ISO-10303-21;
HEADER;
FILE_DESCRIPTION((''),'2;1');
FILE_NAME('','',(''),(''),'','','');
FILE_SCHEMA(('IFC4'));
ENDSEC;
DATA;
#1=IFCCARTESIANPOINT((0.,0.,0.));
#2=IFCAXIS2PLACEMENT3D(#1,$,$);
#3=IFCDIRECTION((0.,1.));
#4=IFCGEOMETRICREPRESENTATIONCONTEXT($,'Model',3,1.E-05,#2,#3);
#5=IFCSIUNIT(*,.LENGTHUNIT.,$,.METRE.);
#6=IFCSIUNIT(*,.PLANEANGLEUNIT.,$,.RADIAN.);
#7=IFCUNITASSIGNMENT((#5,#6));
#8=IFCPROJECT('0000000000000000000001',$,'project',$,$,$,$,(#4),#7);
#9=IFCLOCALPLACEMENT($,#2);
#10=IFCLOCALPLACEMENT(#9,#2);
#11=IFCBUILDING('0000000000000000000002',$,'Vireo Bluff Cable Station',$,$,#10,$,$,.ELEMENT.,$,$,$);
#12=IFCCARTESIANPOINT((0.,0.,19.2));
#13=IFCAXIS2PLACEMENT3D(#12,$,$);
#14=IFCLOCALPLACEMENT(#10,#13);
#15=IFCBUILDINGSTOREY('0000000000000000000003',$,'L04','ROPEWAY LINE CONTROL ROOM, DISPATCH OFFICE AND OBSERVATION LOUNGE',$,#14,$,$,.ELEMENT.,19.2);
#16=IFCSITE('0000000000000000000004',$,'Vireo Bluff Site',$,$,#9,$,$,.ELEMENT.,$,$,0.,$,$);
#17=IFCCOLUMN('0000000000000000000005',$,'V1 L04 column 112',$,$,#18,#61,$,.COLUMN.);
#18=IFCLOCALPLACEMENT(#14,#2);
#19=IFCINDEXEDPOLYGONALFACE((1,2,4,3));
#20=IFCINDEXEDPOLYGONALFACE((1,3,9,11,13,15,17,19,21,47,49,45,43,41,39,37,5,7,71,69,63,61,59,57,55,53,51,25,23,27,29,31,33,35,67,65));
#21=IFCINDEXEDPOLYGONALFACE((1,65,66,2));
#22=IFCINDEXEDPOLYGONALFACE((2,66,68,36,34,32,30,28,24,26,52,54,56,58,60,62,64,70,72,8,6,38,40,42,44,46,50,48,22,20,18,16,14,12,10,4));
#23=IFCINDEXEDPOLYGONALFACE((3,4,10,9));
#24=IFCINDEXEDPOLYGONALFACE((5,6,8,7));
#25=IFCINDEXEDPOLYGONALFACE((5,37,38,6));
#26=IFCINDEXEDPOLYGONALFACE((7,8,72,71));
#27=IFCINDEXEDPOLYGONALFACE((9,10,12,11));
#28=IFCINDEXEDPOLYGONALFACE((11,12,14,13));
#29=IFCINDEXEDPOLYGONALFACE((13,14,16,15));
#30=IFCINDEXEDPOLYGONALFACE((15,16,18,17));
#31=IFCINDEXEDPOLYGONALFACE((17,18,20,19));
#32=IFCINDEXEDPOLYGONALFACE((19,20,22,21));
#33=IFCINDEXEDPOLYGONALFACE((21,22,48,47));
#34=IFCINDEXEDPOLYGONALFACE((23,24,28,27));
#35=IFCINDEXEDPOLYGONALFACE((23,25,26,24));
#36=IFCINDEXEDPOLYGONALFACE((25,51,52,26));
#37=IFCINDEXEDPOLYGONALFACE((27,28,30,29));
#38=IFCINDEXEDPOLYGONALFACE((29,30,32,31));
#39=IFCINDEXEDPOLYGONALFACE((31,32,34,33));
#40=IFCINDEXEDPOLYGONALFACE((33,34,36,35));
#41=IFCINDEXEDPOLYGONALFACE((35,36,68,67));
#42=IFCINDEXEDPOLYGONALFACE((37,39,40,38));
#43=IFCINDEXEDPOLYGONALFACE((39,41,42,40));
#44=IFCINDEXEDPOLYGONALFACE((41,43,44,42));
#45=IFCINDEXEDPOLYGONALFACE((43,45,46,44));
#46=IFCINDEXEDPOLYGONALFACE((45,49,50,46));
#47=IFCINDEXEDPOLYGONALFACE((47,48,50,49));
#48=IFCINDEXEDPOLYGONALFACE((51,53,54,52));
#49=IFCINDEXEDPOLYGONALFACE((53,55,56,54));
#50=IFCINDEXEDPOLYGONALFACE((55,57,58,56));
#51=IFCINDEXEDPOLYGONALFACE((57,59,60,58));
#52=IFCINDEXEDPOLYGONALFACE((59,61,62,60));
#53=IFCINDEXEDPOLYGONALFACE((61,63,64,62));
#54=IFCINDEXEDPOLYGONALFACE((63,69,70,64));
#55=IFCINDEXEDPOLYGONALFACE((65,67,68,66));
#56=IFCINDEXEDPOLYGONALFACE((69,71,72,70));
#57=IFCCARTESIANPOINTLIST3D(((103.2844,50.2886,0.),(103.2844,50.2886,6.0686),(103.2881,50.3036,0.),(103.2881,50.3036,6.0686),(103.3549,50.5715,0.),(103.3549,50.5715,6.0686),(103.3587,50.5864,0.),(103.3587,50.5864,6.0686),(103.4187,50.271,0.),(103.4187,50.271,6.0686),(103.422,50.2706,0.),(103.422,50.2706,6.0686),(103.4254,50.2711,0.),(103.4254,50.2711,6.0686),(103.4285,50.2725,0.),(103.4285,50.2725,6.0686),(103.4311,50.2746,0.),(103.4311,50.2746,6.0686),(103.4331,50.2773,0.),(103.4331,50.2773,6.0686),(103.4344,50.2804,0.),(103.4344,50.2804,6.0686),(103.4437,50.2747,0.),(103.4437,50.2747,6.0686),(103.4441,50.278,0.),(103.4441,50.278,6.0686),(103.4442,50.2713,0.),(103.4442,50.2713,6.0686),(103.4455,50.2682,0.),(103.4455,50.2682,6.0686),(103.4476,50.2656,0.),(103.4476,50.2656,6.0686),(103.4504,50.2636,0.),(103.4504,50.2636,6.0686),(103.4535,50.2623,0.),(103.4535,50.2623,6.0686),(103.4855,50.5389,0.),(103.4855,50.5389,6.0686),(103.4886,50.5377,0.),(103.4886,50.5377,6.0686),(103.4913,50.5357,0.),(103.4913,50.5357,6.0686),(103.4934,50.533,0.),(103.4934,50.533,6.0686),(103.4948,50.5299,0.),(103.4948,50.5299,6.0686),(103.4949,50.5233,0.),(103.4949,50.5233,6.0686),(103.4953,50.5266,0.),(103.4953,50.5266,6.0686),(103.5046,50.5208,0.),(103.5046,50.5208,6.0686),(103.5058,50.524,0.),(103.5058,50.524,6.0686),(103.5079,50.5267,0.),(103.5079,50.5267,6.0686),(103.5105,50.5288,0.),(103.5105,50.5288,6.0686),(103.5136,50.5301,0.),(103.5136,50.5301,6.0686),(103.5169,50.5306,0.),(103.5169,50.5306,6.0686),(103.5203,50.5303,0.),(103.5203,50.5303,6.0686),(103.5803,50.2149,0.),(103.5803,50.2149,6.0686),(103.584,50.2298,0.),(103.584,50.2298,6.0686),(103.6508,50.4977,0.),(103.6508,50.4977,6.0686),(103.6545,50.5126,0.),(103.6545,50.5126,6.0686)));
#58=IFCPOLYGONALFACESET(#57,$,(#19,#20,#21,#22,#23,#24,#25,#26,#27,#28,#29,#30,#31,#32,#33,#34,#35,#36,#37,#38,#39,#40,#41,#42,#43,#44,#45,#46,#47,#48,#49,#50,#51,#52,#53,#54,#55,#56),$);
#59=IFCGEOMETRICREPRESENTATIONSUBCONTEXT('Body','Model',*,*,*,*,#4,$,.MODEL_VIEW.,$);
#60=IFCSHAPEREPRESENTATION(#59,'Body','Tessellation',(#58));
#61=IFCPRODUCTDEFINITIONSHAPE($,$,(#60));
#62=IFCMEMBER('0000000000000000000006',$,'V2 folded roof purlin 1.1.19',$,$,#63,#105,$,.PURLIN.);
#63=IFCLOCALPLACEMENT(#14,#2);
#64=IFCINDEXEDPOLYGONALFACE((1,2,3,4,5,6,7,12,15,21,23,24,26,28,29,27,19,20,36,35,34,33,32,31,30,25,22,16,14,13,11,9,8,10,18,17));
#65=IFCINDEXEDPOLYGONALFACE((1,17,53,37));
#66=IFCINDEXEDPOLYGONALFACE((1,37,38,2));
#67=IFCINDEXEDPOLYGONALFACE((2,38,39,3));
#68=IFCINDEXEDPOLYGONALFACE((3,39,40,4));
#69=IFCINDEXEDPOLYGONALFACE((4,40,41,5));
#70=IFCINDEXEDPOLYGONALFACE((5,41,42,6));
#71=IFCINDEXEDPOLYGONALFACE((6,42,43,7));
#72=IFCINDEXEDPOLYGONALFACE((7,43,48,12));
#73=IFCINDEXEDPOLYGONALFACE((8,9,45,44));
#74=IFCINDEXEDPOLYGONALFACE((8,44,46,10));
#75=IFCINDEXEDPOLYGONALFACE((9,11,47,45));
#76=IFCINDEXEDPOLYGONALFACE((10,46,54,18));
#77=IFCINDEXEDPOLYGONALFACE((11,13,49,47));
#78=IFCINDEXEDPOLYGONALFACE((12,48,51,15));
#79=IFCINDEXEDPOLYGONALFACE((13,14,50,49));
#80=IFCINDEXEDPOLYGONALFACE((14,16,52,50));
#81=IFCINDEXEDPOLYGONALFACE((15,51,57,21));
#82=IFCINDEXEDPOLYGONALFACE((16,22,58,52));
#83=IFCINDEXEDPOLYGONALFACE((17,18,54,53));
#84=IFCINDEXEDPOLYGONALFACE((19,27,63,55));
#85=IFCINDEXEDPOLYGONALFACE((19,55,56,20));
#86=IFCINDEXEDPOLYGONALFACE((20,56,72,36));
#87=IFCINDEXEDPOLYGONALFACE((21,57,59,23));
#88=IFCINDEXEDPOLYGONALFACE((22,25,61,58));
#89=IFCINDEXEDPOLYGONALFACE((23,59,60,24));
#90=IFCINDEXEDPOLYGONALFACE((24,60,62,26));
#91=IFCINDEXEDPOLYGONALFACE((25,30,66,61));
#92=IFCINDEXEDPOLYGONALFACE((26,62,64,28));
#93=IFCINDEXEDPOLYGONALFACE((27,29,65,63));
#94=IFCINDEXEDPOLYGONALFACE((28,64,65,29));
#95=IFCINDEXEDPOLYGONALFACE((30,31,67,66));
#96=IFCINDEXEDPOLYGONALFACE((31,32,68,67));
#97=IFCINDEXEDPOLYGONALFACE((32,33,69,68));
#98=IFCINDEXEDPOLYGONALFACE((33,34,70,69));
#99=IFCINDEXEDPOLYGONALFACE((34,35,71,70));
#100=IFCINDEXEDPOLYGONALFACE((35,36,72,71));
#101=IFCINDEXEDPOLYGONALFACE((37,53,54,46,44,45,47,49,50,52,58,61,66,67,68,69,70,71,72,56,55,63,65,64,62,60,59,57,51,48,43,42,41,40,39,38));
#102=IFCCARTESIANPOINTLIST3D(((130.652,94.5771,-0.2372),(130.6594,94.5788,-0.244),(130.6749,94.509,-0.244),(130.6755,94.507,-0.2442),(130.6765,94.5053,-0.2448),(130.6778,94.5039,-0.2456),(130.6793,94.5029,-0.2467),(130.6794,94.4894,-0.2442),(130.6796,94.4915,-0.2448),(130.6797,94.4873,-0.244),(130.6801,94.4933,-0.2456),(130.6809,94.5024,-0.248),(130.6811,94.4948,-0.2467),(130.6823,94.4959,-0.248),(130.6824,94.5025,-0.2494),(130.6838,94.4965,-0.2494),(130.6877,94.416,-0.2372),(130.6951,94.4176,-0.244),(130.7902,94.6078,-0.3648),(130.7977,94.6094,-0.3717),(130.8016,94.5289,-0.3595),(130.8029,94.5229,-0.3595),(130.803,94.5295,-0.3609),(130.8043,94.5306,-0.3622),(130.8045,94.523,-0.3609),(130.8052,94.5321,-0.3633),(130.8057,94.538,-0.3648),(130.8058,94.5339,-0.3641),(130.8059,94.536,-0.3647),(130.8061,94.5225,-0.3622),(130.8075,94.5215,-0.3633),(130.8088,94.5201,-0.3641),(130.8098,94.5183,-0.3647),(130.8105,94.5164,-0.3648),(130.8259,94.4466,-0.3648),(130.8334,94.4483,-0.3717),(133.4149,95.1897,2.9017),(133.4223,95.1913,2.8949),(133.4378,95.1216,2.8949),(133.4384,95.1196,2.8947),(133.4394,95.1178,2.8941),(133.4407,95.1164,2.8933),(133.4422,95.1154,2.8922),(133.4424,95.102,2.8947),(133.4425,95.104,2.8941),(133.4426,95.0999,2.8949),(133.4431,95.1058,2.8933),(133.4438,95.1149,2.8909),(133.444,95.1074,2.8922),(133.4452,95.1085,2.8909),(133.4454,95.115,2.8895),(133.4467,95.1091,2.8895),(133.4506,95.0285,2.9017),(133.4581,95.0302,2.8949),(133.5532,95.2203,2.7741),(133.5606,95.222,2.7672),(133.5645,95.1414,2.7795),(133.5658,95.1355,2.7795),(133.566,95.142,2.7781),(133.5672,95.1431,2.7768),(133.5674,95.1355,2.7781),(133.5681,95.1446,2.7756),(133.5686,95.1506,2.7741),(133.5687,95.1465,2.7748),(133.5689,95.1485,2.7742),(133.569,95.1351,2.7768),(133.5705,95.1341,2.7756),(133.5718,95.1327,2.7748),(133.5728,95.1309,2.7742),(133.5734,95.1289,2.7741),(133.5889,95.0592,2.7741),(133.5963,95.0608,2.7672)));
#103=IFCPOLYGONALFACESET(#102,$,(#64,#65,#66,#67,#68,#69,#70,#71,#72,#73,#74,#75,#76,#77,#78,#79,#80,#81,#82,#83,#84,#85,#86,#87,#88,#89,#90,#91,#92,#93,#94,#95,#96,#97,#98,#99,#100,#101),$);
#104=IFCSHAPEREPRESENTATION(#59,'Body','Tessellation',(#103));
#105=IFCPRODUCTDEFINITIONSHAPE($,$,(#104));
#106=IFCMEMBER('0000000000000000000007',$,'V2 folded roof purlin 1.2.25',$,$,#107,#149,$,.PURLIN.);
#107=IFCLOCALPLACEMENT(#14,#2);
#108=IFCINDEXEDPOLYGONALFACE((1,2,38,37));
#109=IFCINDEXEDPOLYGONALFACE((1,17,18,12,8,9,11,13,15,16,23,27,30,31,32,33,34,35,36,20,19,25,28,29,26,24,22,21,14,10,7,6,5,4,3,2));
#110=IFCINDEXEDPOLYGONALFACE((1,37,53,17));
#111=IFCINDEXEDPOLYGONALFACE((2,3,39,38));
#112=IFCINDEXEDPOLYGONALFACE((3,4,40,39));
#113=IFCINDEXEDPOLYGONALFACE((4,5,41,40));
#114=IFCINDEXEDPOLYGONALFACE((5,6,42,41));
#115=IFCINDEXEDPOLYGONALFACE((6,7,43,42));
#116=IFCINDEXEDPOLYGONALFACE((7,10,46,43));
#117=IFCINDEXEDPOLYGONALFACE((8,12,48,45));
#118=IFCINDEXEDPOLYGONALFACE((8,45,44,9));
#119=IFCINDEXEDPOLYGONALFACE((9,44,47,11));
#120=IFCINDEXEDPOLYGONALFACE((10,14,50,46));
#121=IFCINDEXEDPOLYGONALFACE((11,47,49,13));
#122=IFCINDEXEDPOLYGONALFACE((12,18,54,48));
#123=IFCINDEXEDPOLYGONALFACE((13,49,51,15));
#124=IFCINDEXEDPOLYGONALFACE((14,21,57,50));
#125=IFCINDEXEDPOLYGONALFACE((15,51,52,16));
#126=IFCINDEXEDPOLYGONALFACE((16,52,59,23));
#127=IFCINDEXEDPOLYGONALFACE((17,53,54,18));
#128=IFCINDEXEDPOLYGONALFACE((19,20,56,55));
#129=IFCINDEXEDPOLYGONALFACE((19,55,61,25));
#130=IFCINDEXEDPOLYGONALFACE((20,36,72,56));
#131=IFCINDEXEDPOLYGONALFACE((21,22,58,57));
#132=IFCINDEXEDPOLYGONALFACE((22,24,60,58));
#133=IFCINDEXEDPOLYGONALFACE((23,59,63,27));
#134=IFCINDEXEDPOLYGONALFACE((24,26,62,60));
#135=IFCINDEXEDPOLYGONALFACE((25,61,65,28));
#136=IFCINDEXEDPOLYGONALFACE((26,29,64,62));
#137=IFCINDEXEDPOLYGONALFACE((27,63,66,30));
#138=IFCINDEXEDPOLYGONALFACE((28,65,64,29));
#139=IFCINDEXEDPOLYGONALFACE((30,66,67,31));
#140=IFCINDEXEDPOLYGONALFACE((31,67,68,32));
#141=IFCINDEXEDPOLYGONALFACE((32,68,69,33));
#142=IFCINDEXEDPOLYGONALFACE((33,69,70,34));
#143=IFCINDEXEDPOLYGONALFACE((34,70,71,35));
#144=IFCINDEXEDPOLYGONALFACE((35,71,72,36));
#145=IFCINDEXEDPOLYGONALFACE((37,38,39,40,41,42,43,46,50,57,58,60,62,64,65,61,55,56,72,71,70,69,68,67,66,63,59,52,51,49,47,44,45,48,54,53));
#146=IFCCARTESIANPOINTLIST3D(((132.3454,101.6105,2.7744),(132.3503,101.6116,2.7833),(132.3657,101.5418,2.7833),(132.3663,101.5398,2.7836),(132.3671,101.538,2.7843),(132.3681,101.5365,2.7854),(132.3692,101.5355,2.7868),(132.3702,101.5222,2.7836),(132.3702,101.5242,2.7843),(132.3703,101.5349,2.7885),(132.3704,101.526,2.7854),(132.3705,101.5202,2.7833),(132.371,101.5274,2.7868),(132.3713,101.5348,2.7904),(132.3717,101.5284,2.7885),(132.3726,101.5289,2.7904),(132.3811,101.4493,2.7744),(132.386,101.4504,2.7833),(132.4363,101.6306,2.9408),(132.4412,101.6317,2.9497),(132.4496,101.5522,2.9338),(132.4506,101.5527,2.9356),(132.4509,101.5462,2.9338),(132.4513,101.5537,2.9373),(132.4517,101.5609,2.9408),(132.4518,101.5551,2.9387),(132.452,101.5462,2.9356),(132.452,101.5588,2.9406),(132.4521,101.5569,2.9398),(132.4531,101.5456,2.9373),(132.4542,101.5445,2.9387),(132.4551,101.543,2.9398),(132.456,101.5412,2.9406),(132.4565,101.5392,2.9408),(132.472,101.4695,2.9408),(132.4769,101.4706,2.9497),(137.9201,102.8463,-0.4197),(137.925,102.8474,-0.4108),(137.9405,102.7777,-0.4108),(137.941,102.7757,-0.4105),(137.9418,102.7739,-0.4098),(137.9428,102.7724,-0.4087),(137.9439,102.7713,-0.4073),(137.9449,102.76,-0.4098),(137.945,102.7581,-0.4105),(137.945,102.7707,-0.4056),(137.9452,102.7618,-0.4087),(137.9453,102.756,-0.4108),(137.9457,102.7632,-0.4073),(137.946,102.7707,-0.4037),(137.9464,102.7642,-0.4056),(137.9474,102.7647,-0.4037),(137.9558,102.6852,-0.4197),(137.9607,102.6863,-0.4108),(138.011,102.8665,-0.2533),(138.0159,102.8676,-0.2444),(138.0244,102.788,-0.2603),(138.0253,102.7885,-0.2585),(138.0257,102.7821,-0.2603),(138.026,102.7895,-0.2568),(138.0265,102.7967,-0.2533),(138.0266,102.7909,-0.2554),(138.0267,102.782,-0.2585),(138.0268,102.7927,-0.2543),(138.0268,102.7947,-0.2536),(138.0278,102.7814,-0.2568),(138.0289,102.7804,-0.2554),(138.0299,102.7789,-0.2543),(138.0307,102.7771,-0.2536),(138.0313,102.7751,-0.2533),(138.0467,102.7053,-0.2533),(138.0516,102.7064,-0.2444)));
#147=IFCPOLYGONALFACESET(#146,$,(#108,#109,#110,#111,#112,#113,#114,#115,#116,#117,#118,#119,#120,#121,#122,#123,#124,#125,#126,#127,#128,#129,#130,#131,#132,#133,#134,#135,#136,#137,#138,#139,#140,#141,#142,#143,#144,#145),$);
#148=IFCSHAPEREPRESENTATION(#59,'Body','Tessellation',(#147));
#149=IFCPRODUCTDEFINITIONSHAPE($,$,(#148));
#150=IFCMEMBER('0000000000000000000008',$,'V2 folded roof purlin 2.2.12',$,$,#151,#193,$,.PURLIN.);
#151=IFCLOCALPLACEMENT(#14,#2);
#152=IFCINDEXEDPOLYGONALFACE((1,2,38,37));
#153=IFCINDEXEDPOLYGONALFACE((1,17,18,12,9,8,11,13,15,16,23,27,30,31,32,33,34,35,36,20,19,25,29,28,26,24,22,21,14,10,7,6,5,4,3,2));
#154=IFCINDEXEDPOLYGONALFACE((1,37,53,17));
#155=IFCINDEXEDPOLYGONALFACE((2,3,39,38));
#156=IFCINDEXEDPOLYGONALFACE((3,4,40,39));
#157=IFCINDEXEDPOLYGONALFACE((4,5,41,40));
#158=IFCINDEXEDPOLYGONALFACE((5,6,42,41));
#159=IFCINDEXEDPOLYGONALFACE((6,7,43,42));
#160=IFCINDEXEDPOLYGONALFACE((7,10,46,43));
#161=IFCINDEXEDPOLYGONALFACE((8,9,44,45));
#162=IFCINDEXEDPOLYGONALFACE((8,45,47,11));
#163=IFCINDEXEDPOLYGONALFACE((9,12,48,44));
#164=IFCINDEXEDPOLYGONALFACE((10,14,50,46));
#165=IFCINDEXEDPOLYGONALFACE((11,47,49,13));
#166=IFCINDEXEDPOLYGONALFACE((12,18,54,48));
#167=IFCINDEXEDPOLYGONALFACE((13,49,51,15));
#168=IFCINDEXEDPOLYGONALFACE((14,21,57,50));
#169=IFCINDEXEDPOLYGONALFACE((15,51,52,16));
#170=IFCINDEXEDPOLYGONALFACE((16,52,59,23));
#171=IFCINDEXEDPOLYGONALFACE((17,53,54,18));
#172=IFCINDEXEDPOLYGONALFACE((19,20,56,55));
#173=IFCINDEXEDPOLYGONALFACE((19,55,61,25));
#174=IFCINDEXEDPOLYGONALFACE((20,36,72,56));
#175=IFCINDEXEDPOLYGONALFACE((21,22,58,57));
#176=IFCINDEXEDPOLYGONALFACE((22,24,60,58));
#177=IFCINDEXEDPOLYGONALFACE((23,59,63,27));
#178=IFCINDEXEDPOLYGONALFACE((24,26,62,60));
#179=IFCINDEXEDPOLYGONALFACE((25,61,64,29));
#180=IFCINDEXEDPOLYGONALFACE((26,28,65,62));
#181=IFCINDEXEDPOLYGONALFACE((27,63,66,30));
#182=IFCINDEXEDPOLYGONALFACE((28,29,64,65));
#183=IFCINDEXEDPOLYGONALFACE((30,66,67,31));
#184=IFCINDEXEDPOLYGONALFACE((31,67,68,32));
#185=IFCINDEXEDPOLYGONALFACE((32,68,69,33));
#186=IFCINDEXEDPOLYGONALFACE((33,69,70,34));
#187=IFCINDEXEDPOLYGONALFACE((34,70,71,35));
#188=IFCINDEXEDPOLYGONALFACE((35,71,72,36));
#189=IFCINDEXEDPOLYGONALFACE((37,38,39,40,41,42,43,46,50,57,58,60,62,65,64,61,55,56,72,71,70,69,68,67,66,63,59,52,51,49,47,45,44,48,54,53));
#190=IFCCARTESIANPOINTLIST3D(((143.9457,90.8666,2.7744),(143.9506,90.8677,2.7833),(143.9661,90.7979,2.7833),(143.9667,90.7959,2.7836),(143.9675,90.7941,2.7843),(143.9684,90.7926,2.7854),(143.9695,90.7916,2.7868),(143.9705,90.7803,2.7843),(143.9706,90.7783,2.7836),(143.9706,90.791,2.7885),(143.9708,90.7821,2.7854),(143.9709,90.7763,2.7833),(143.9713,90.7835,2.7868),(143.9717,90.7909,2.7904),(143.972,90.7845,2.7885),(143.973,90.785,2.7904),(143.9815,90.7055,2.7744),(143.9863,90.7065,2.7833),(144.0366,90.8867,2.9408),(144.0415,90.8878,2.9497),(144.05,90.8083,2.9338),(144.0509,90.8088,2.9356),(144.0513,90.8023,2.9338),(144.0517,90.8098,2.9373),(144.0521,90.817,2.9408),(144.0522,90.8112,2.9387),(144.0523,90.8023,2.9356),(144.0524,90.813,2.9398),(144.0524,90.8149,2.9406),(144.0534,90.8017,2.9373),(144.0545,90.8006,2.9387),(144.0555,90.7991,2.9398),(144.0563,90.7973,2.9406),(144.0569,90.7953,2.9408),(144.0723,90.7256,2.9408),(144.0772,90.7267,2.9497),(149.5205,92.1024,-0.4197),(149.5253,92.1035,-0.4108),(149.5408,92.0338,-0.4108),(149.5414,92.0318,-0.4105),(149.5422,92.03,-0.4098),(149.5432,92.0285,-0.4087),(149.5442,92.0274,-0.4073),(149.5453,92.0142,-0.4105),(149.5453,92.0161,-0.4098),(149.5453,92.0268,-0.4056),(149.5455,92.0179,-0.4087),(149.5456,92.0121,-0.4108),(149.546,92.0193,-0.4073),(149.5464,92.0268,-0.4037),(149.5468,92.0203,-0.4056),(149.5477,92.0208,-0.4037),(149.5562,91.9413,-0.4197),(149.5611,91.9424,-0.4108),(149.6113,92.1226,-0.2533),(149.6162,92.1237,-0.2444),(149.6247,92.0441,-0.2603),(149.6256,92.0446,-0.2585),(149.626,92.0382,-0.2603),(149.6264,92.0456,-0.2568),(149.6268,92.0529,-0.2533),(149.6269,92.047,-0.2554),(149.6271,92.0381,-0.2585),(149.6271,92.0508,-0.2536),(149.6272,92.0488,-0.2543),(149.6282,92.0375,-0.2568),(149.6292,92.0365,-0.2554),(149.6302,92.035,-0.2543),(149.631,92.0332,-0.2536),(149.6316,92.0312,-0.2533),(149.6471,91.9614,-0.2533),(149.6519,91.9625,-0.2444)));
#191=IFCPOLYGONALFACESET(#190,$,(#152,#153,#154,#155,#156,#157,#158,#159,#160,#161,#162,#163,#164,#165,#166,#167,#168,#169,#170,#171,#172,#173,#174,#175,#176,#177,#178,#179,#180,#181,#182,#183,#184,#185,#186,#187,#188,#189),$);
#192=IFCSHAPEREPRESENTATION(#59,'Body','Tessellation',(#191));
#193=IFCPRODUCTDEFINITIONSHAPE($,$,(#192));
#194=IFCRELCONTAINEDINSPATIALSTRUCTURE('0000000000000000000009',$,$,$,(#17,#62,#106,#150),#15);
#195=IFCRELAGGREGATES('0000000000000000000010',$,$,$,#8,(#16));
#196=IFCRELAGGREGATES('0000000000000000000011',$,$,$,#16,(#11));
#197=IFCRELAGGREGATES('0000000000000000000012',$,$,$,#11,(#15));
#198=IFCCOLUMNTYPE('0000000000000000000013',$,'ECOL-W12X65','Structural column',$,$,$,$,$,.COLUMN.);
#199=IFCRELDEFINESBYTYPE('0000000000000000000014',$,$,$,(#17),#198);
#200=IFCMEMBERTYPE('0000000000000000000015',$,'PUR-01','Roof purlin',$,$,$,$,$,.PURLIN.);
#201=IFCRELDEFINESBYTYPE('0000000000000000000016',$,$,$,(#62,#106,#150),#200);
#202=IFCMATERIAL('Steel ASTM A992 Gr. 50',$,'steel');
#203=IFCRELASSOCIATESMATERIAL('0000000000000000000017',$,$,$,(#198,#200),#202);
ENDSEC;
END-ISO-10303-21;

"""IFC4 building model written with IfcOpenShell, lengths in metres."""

from ifc_helpers import new_model, si_unit, direction, frame, origin, origin_2d, place, context, subcontext, project, spatial, i_section, extrude, material, material_profile, profile_set, type_object, element, save


model = new_model("IFC4")

# Units and contexts
model_context = context("Model", 3, precision=1e-05, world=origin(), true_north=direction((0.0, 1.0)))
body_context = subcontext(model_context, "Body", "Model", "MODEL_VIEW")
ifc_project = project(units=[si_unit("LENGTHUNIT", "METRE"), si_unit("PLANEANGLEUNIT", "RADIAN")], contexts=[model_context])

# Site, building, storey
site_placement = place(None, origin())
site = spatial("IfcSite", under=ifc_project, at=site_placement, Name="Vireo Bluff Site", CompositionType="ELEMENT", RefElevation=0.0)
building_placement = place(site_placement, origin())
building = spatial("IfcBuilding", under=site, at=building_placement, Name="Vireo Bluff Cable Station", CompositionType="ELEMENT")
storey_placement = place(building_placement, frame((0.0, 0.0, 19.2)))
storey = spatial("IfcBuildingStorey", under=building, at=storey_placement, Name="L04", Description="ROPEWAY LINE CONTROL ROOM, DISPATCH OFFICE AND OBSERVATION LOUNGE", CompositionType="ELEMENT", Elevation=19.2)

# Column
ifc_material_1 = material(Name="Steel ASTM A992 Gr. 50", Category="steel")
ifc_material_profile_1 = material_profile(ifc_material_1, i_section(OverallWidth=0.3049, OverallDepth=0.3069, WebThickness=0.01, FlangeThickness=0.0154, FilletRadius=0.0129, at=origin_2d()), Name="W12X65")
ifc_profile_set_1 = profile_set([ifc_material_profile_1], Name="Steel ASTM A992 Gr. 50")
column_type = type_object("IfcColumnType", Name="ECOL-W12X65", Description="Structural column", PredefinedType="COLUMN", material=ifc_profile_set_1)
column_placement = place(storey_placement, frame((103.4695, 50.4006, 0.0), z_axis=(0.0, 0.0, 1.0), x_axis=(0.970296, -0.241922, 0.0)))
element("IfcColumn", 1, at=column_placement, inside=storey, type_object=column_type, Name="V1 L04 column 112", PredefinedType="COLUMN", context=body_context, shape_type="SweptSolid", body=[
    extrude(i_section(OverallWidth=0.3049, OverallDepth=0.3069, WebThickness=0.01, FlangeThickness=0.0154, FilletRadius=0.0129, at=origin_2d()), origin(), (0.0, 0.0, 1.0), 6.0686),
])

# Members
ifc_material_profile_2 = material_profile(ifc_material_1, i_section(OverallWidth=0.165, OverallDepth=0.2009, WebThickness=0.0061, FlangeThickness=0.0103, FilletRadius=0.0081, at=origin_2d()), Name="W8X24")
ifc_profile_set_2 = profile_set([ifc_material_profile_2], Name="Steel ASTM A992 Gr. 50")
member_type_1 = type_object("IfcMemberType", Name="PUR-01", Description="Roof purlin", PredefinedType="PURLIN", material=ifc_profile_set_2)
member_1_placement = place(storey_placement, frame((130.7427, 94.5127, -0.3044), z_axis=(0.653745, 0.144936, 0.742705), x_axis=(-0.216446, 0.976295, 0.0)))
element("IfcMember", 2, at=member_1_placement, inside=storey, type_object=member_type_1, Name="V2 folded roof purlin 1.1.19", PredefinedType="PURLIN", context=body_context, shape_type="SweptSolid", body=[
    extrude(i_section(OverallWidth=0.165, OverallDepth=0.2009, WebThickness=0.0061, FlangeThickness=0.0103, FilletRadius=0.0081, at=origin_2d()), origin(), (0.0, 0.0, 1.0), 4.2263),
])
for number, where, z_axis, x_axis, name in (
    (3, (132.4111, 101.5405, 2.8621), (0.85205, 0.188888, -0.488192), (-0.216432, 0.976298, 0.0), "V2 folded roof purlin 1.2.25"),
    (4, (144.0115, 90.7966, 2.8621), (0.85205, 0.188888, -0.488192), (-0.216432, 0.976298, 0.0), "V2 folded roof purlin 2.2.12"),
):
    element("IfcMember", number, at=place(storey_placement, frame(where, z_axis=z_axis, x_axis=x_axis)), inside=storey, type_object=member_type_1, Name=name, PredefinedType="PURLIN", context=body_context, shape_type="SweptSolid", body=[
        extrude(i_section(OverallWidth=0.165, OverallDepth=0.2009, WebThickness=0.0061, FlangeThickness=0.0103, FilletRadius=0.0081, at=origin_2d()), origin(), (0.0, 0.0, 1.0), 6.5427),
    ])

save(model, "model.ifc")
